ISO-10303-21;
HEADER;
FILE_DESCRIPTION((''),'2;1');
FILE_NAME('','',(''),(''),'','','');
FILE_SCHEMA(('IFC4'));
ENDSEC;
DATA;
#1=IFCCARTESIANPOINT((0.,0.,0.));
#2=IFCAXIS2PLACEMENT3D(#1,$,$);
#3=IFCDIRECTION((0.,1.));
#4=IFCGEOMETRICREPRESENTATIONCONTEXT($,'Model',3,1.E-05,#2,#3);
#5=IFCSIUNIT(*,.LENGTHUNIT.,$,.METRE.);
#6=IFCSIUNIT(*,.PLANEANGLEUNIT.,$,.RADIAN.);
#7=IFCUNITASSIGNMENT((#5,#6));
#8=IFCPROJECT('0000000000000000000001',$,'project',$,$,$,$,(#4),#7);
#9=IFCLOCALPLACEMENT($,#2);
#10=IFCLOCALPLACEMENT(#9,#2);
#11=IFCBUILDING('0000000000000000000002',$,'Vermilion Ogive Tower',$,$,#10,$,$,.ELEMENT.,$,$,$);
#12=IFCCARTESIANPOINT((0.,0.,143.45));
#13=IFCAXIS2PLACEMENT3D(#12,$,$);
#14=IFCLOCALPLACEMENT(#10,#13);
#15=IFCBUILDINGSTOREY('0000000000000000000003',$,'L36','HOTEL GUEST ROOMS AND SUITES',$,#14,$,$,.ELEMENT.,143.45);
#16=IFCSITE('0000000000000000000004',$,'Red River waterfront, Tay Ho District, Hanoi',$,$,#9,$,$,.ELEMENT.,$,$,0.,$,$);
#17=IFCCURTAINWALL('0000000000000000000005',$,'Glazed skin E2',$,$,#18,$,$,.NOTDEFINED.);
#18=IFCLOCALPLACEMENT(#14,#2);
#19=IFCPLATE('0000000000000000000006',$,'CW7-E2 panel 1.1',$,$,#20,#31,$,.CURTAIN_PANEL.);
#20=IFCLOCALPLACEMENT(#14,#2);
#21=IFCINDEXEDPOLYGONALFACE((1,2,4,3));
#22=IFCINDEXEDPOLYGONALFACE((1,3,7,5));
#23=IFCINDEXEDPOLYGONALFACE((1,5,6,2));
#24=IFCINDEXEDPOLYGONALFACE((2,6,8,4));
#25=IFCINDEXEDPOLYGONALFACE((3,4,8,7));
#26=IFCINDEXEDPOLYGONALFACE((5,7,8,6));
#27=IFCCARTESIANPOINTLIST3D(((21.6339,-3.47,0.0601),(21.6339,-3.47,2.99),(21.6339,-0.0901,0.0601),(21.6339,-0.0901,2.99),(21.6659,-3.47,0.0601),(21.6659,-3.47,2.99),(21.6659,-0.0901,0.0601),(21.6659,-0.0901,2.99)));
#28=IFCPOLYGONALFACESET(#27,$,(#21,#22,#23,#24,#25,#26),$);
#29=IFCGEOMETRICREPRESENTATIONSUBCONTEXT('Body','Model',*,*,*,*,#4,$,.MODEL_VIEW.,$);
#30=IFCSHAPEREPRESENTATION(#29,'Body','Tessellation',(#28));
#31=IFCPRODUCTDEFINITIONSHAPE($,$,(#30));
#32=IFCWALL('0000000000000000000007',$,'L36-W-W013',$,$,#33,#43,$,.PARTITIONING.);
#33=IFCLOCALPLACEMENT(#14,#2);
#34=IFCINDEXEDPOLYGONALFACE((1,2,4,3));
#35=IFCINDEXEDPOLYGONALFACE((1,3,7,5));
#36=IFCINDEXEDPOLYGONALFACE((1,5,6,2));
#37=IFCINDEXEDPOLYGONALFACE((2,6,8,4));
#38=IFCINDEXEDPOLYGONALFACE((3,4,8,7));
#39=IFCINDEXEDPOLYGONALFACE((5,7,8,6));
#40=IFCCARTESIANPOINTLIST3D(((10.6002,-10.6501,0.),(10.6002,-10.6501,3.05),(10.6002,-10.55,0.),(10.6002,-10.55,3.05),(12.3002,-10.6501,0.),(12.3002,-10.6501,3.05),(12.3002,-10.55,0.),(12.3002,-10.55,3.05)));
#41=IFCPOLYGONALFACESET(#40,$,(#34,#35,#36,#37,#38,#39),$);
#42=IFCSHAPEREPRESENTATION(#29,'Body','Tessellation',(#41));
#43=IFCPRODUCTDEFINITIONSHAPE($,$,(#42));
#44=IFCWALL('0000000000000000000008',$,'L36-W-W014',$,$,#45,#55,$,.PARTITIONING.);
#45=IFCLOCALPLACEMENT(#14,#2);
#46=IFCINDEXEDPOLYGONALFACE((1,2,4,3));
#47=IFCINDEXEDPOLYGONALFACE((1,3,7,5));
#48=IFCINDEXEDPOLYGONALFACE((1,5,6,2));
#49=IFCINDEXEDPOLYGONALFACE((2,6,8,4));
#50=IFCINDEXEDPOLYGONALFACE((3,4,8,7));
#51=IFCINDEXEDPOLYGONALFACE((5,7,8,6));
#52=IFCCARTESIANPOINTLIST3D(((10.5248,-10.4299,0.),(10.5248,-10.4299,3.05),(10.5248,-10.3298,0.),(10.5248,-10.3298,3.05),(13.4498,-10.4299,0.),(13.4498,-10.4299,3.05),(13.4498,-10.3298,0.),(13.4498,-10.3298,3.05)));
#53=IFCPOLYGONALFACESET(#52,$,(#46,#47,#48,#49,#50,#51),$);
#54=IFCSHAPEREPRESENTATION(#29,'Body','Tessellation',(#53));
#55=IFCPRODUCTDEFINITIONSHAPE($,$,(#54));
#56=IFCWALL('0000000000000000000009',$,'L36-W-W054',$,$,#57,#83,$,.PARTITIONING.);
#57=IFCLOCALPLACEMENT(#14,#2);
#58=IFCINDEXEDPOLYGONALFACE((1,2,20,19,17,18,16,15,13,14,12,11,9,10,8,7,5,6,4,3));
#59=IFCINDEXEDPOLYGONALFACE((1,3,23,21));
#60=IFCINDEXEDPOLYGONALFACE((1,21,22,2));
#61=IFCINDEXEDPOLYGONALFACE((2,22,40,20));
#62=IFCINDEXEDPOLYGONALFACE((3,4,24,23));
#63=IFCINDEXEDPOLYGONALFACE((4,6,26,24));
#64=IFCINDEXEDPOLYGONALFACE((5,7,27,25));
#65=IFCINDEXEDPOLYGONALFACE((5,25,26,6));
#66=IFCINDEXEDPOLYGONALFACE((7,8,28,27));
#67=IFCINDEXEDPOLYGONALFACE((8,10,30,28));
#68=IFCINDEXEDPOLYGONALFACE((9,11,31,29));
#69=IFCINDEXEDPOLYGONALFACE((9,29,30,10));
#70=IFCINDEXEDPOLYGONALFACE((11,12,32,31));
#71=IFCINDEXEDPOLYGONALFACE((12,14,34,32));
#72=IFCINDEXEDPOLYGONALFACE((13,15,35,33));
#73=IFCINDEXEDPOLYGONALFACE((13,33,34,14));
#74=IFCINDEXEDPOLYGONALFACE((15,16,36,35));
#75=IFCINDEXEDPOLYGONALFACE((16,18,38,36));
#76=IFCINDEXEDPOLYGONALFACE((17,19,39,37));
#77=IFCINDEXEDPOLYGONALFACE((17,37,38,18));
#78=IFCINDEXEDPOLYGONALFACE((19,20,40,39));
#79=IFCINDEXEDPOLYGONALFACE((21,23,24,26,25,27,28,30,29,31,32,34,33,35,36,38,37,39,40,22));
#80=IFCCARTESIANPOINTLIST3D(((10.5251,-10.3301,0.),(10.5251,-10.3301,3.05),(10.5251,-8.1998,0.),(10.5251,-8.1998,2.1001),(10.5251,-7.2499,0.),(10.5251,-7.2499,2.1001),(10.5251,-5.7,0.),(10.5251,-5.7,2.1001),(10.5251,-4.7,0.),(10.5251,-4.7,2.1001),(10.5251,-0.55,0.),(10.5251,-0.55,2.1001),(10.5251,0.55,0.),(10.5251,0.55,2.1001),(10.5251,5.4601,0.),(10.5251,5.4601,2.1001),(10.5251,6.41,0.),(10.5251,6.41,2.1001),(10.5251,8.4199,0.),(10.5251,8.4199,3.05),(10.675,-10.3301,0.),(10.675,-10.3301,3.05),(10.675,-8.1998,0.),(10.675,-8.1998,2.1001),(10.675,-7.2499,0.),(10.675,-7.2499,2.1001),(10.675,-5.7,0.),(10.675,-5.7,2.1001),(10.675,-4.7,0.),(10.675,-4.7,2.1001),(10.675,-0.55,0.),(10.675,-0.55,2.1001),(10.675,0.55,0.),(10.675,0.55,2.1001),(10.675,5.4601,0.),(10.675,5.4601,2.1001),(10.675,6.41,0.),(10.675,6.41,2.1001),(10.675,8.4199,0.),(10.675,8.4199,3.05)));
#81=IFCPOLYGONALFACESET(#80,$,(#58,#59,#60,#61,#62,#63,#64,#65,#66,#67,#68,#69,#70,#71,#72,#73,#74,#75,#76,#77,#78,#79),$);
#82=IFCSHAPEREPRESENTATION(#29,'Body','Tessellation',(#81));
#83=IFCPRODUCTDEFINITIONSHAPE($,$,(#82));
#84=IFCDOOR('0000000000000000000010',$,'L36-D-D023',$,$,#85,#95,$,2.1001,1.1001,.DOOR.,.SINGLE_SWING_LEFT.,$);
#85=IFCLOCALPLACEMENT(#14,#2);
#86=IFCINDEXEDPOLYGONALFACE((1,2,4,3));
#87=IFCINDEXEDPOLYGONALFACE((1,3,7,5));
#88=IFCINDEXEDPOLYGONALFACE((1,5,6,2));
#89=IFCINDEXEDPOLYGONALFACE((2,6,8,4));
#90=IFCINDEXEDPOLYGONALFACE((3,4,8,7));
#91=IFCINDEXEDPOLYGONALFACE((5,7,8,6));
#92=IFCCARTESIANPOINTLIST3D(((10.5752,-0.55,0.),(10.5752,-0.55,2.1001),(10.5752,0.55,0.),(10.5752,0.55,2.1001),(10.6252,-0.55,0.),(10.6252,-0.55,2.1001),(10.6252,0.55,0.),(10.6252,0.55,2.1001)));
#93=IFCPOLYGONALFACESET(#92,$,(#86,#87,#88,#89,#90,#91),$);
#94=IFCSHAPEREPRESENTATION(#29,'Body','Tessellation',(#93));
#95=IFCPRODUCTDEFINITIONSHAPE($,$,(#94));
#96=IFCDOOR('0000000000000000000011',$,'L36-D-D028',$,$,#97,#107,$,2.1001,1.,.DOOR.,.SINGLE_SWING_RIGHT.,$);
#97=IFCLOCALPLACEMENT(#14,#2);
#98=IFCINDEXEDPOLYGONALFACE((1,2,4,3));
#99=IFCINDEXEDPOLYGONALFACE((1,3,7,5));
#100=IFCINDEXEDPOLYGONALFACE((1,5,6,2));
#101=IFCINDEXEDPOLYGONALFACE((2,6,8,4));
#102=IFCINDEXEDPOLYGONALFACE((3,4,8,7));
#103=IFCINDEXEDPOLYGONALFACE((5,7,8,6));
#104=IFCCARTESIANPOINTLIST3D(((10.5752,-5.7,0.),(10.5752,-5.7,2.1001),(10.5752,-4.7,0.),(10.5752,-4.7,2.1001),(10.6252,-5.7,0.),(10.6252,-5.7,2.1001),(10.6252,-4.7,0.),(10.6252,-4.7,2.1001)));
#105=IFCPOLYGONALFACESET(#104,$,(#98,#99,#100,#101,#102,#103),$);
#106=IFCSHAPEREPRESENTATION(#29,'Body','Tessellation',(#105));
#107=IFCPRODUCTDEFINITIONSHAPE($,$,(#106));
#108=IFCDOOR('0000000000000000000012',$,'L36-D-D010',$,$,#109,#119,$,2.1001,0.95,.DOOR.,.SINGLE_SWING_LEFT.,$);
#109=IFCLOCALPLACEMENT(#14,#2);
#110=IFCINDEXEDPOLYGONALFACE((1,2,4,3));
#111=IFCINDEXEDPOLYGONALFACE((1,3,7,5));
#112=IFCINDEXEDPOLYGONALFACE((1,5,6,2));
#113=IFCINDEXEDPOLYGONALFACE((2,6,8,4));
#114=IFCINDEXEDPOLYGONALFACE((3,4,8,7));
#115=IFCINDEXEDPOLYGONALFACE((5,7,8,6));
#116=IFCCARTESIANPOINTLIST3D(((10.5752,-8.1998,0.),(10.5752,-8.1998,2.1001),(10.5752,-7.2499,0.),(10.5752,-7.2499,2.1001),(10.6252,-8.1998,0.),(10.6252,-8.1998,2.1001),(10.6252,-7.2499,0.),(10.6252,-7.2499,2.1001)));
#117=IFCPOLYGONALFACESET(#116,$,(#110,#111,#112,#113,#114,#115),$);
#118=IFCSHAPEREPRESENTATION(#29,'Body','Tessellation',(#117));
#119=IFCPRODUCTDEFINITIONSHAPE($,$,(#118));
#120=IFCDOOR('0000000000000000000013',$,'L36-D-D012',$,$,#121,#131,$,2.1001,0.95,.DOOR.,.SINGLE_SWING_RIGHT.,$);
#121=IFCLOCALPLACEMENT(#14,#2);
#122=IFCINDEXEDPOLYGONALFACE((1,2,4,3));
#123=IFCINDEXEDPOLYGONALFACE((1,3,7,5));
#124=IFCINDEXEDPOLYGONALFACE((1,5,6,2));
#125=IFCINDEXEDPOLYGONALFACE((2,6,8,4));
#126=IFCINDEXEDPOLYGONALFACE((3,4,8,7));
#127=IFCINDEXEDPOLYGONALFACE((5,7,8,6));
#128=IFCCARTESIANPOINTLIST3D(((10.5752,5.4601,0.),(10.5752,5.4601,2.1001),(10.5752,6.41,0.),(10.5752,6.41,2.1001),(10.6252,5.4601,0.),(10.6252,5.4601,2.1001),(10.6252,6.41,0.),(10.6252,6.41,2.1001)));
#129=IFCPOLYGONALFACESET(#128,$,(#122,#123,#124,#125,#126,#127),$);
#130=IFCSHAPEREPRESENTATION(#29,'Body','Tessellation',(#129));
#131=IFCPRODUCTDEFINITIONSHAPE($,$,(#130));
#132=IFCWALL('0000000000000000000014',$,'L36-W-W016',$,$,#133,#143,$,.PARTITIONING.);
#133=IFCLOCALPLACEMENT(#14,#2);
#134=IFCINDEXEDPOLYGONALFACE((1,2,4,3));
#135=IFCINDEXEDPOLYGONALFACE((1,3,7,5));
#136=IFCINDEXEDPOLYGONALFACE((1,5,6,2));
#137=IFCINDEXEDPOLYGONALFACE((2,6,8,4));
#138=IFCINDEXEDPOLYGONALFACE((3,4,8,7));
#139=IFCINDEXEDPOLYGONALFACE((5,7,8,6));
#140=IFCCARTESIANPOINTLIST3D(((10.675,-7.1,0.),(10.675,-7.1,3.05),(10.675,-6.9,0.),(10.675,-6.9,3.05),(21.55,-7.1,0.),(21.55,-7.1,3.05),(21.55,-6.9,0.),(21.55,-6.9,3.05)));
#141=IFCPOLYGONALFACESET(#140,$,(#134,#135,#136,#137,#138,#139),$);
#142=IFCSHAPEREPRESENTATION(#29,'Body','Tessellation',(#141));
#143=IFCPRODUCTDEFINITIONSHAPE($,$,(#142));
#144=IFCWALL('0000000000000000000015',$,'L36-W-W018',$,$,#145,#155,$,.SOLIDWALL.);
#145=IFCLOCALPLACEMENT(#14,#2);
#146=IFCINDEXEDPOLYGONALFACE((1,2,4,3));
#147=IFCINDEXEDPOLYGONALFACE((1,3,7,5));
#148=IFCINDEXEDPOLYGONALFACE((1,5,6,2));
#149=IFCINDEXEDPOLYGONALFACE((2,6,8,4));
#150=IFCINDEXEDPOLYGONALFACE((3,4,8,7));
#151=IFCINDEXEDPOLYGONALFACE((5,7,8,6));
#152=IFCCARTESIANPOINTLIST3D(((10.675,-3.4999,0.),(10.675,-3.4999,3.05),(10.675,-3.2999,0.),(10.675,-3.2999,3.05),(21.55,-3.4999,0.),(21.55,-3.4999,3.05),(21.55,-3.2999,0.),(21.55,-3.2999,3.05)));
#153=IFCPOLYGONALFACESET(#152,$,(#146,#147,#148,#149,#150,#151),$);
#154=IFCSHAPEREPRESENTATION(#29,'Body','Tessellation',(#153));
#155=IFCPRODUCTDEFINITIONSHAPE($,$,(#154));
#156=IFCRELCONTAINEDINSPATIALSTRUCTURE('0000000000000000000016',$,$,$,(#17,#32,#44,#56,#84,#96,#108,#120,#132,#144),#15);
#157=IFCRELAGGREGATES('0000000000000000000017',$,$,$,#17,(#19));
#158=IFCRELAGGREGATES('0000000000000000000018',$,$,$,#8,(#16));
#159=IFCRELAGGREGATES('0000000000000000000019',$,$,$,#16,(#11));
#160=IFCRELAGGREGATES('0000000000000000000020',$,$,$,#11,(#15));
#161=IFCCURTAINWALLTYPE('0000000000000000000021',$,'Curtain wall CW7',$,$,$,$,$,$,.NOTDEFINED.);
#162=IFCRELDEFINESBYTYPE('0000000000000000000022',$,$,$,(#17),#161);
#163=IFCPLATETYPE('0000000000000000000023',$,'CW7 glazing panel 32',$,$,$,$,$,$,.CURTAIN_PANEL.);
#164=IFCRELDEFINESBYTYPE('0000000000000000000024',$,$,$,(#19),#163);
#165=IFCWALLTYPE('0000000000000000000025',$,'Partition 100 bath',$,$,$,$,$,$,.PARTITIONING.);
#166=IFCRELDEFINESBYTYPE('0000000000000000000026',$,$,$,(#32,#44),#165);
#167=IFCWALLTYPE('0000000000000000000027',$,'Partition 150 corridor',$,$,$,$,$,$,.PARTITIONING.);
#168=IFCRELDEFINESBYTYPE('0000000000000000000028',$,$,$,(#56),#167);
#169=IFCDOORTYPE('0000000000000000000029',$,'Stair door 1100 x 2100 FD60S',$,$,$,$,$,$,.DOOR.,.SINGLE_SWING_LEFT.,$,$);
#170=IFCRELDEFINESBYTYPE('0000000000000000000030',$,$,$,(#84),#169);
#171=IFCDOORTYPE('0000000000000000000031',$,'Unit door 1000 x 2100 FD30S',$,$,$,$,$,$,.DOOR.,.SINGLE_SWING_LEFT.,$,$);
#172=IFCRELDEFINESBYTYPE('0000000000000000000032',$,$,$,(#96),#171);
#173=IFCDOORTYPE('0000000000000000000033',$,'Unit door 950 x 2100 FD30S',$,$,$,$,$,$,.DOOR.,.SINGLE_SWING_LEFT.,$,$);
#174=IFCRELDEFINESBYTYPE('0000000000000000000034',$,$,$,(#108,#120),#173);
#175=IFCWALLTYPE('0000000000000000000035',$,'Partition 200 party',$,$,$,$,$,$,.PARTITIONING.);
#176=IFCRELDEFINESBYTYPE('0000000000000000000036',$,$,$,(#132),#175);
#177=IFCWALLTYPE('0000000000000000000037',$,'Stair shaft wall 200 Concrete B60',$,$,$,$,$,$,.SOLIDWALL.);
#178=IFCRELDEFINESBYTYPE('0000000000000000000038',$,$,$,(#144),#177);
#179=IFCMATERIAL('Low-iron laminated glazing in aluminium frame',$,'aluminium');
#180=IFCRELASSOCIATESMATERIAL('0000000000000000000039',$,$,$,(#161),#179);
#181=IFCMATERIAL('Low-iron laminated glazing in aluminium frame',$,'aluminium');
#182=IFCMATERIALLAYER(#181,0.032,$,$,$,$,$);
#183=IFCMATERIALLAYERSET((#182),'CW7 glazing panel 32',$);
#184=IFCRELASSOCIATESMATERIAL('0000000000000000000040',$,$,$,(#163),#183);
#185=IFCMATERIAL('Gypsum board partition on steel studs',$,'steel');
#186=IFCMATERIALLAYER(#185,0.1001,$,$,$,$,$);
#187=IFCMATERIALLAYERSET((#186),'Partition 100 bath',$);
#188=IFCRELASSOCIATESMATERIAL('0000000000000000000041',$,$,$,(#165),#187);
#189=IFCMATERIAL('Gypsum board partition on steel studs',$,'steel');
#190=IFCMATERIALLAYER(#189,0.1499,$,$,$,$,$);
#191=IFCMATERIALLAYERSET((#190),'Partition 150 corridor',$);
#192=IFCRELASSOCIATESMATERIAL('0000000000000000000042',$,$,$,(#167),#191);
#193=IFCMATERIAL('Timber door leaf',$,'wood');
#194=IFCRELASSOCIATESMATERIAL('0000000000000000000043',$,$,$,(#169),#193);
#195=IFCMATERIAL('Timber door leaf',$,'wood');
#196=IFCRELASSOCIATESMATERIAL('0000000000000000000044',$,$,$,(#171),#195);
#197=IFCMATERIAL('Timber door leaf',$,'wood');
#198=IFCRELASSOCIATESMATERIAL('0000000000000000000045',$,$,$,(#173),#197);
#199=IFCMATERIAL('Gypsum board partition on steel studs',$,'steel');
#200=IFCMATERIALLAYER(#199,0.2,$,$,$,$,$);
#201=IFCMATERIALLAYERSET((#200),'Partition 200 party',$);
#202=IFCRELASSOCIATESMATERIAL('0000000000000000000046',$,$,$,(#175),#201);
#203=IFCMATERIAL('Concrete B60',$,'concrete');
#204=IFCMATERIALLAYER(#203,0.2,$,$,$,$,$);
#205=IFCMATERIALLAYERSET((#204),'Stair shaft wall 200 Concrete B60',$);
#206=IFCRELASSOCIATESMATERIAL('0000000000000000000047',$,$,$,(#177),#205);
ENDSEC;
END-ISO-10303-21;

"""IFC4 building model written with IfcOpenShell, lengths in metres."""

from ifc_helpers import new_model, si_unit, direction, frame, frame_2d, origin, origin_2d, place, context, subcontext, project, spatial, rectangle, extrude, material, layer, layer_set, type_object, element, fill, aggregate, save


model = new_model("IFC4")

# Units and contexts
model_context = context("Model", 3, precision=1e-05, world=origin(), true_north=direction((0.0, 1.0)))
body_context = subcontext(model_context, "Body", "Model", "MODEL_VIEW")
ifc_project = project(units=[si_unit("LENGTHUNIT", "METRE"), si_unit("PLANEANGLEUNIT", "RADIAN")], contexts=[model_context])

# Site, building, storey
site_placement = place(None, origin())
site = spatial("IfcSite", under=ifc_project, at=site_placement, Name="Red River waterfront, Tay Ho District, Hanoi", CompositionType="ELEMENT", RefElevation=0.0)
building_placement = place(site_placement, origin())
building = spatial("IfcBuilding", under=site, at=building_placement, Name="Vermilion Ogive Tower", CompositionType="ELEMENT")
storey_placement = place(building_placement, frame((0.0, 0.0, 143.45)))
storey = spatial("IfcBuildingStorey", under=building, at=storey_placement, Name="L36", Description="HOTEL GUEST ROOMS AND SUITES", CompositionType="ELEMENT", Elevation=143.45)

# Curtain wall
ifc_material_1 = material(Name="Low-iron laminated glazing in aluminium frame", Category="aluminium")
curtain_wall_type = type_object("IfcCurtainWallType", Name="Curtain wall CW7", PredefinedType="NOTDEFINED", material=ifc_material_1)
curtain_wall_1_placement = place(storey_placement, origin())
curtain_wall_1 = element("IfcCurtainWall", 1, at=curtain_wall_1_placement, inside=storey, type_object=curtain_wall_type, Name="Glazed skin E2", PredefinedType="NOTDEFINED")

# Plate
ifc_material_2 = material(Name="Low-iron laminated glazing in aluminium frame", Category="aluminium")
ifc_layer_1 = layer(ifc_material_2, 0.032)
ifc_layer_set_1 = layer_set([ifc_layer_1], Name="CW7 glazing panel 32")
plate_type = type_object("IfcPlateType", Name="CW7 glazing panel 32", PredefinedType="CURTAIN_PANEL", material=ifc_layer_set_1)
plate_1_placement = place(storey_placement, frame((21.6499, -1.78, 0.0601), z_axis=(0.0, 0.0, 1.0), x_axis=(0.0, 1.0, 0.0)))
plate_1 = element("IfcPlate", 2, at=plate_1_placement, type_object=plate_type, Name="CW7-E2 panel 1.1", PredefinedType="CURTAIN_PANEL", context=body_context, shape_type="SweptSolid", body=[
    extrude(rectangle(XDim=3.3799, YDim=0.032, at=origin_2d()), origin(), (0.0, 0.0, 1.0), 2.9299),
])
aggregate(curtain_wall_1, [plate_1])

# Walls
ifc_material_3 = material(Name="Gypsum board partition on steel studs", Category="steel")
ifc_layer_2 = layer(ifc_material_3, 0.1001)
ifc_layer_set_2 = layer_set([ifc_layer_2], Name="Partition 100 bath")
wall_type_1 = type_object("IfcWallType", Name="Partition 100 bath", PredefinedType="PARTITIONING", material=ifc_layer_set_2)
wall_1_placement = place(storey_placement, frame((10.6001, -10.6001, 0.0), z_axis=(0.0, 0.0, 1.0), x_axis=(1.0, 0.0, 0.0)))
element("IfcWall", 3, at=wall_1_placement, inside=storey, type_object=wall_type_1, Name="L36-W-W013", PredefinedType="PARTITIONING", context=body_context, shape_type="SweptSolid", body=[
    extrude(rectangle(XDim=1.7, YDim=0.1001, at=frame_2d((0.8501, 0.0))), origin(), (0.0, 0.0, 1.0), 3.05),
])
wall_2_placement = place(storey_placement, frame((10.5249, -10.3799, 0.0), z_axis=(0.0, 0.0, 1.0), x_axis=(1.0, 0.0, 0.0)))
element("IfcWall", 4, at=wall_2_placement, inside=storey, type_object=wall_type_1, Name="L36-W-W014", PredefinedType="PARTITIONING", context=body_context, shape_type="SweptSolid", body=[
    extrude(rectangle(XDim=2.925, YDim=0.1001, at=frame_2d((1.4624, 0.0))), origin(), (0.0, 0.0, 1.0), 3.05),
])

# Wall, openings, doors
ifc_material_4 = material(Name="Gypsum board partition on steel studs", Category="steel")
ifc_layer_3 = layer(ifc_material_4, 0.1499)
ifc_layer_set_3 = layer_set([ifc_layer_3], Name="Partition 150 corridor")
wall_type_2 = type_object("IfcWallType", Name="Partition 150 corridor", PredefinedType="PARTITIONING", material=ifc_layer_set_3)
wall_3_placement = place(storey_placement, frame((10.6001, -10.3301, 0.0), z_axis=(0.0, 0.0, 1.0), x_axis=(0.0, 1.0, 0.0)))
wall_3 = element("IfcWall", 5, at=wall_3_placement, inside=storey, type_object=wall_type_2, Name="L36-W-W054", PredefinedType="PARTITIONING", context=body_context, shape_type="SweptSolid", body=[
    extrude(rectangle(XDim=18.75, YDim=0.1499, at=frame_2d((9.375, 0.0))), origin(), (0.0, 0.0, 1.0), 3.05),
])
opening_1_placement = place(wall_3_placement, frame((2.1301, 0.0, 0.0)))
opening_1 = element("IfcOpeningElement", 6, at=opening_1_placement, cuts=wall_3, PredefinedType="OPENING", context=body_context, shape_type="SweptSolid", body=[
    extrude(rectangle(XDim=0.95, YDim=2.1001, at=frame_2d((0.4751, 1.05))), frame((0.0, 0.085, 0.0), z_axis=(0.0, -1.0, 0.0), x_axis=(1.0, 0.0, 0.0)), (0.0, 0.0, 1.0), 0.1699),
])
opening_2_placement = place(wall_3_placement, frame((15.79, 0.0, 0.0)))
opening_2 = element("IfcOpeningElement", 7, at=opening_2_placement, cuts=wall_3, PredefinedType="OPENING", context=body_context, shape_type="SweptSolid", body=[
    extrude(rectangle(XDim=0.95, YDim=2.1001, at=frame_2d((0.4751, 1.05))), frame((0.0, 0.085, 0.0), z_axis=(0.0, -1.0, 0.0), x_axis=(1.0, 0.0, 0.0)), (0.0, 0.0, 1.0), 0.1699),
])
opening_3_placement = place(wall_3_placement, frame((9.78, 0.0, 0.0)))
opening_3 = element("IfcOpeningElement", 8, at=opening_3_placement, cuts=wall_3, PredefinedType="OPENING", context=body_context, shape_type="SweptSolid", body=[
    extrude(rectangle(XDim=1.1001, YDim=2.1001, at=frame_2d((0.55, 1.05))), frame((0.0, 0.085, 0.0), z_axis=(0.0, -1.0, 0.0), x_axis=(1.0, 0.0, 0.0)), (0.0, 0.0, 1.0), 0.1699),
])
opening_4_placement = place(wall_3_placement, frame((4.6301, 0.0, 0.0)))
opening_4 = element("IfcOpeningElement", 9, at=opening_4_placement, cuts=wall_3, PredefinedType="OPENING", context=body_context, shape_type="SweptSolid", body=[
    extrude(rectangle(XDim=1.0, YDim=2.1001, at=frame_2d((0.5, 1.05))), frame((0.0, 0.085, 0.0), z_axis=(0.0, -1.0, 0.0), x_axis=(1.0, 0.0, 0.0)), (0.0, 0.0, 1.0), 0.1699),
])
ifc_material_5 = material(Name="Timber door leaf", Category="wood")
door_type_1 = type_object("IfcDoorType", Name="Stair door 1100 x 2100 FD60S", OperationType="SINGLE_SWING_LEFT", PredefinedType="DOOR", material=ifc_material_5)
door_1_placement = place(opening_3_placement, origin())
door_1 = element("IfcDoor", 10, at=door_1_placement, inside=storey, type_object=door_type_1, Name="L36-D-D023", OperationType="SINGLE_SWING_LEFT", OverallHeight=2.1001, OverallWidth=1.1001, PredefinedType="DOOR", context=body_context, shape_type="SweptSolid", body=[
    extrude(rectangle(XDim=1.1001, YDim=2.1001, at=frame_2d((0.55, 1.05))), frame((0.0, 0.0249, 0.0), z_axis=(0.0, -1.0, 0.0), x_axis=(1.0, 0.0, 0.0)), (0.0, 0.0, 1.0), 0.05),
])
fill(opening_3, door_1)
ifc_material_6 = material(Name="Timber door leaf", Category="wood")
door_type_2 = type_object("IfcDoorType", Name="Unit door 1000 x 2100 FD30S", OperationType="SINGLE_SWING_LEFT", PredefinedType="DOOR", material=ifc_material_6)
door_2_placement = place(opening_4_placement, origin())
door_2 = element("IfcDoor", 11, at=door_2_placement, inside=storey, type_object=door_type_2, Name="L36-D-D028", OperationType="SINGLE_SWING_RIGHT", OverallHeight=2.1001, OverallWidth=1.0, PredefinedType="DOOR", context=body_context, shape_type="SweptSolid", body=[
    extrude(rectangle(XDim=1.0, YDim=2.1001, at=frame_2d((0.5, 1.05))), frame((0.0, 0.0249, 0.0), z_axis=(0.0, -1.0, 0.0), x_axis=(1.0, 0.0, 0.0)), (0.0, 0.0, 1.0), 0.05),
])
fill(opening_4, door_2)
ifc_material_7 = material(Name="Timber door leaf", Category="wood")
door_type_3 = type_object("IfcDoorType", Name="Unit door 950 x 2100 FD30S", OperationType="SINGLE_SWING_LEFT", PredefinedType="DOOR", material=ifc_material_7)
door_3_placement = place(opening_1_placement, origin())
door_3 = element("IfcDoor", 12, at=door_3_placement, inside=storey, type_object=door_type_3, Name="L36-D-D010", OperationType="SINGLE_SWING_LEFT", OverallHeight=2.1001, OverallWidth=0.95, PredefinedType="DOOR", context=body_context, shape_type="SweptSolid", body=[
    extrude(rectangle(XDim=0.95, YDim=2.1001, at=frame_2d((0.4751, 1.05))), frame((0.0, 0.0249, 0.0), z_axis=(0.0, -1.0, 0.0), x_axis=(1.0, 0.0, 0.0)), (0.0, 0.0, 1.0), 0.05),
])
fill(opening_1, door_3)
door_4_placement = place(opening_2_placement, origin())
door_4 = element("IfcDoor", 13, at=door_4_placement, inside=storey, type_object=door_type_3, Name="L36-D-D012", OperationType="SINGLE_SWING_RIGHT", OverallHeight=2.1001, OverallWidth=0.95, PredefinedType="DOOR", context=body_context, shape_type="SweptSolid", body=[
    extrude(rectangle(XDim=0.95, YDim=2.1001, at=frame_2d((0.4751, 1.05))), frame((0.0, 0.0249, 0.0), z_axis=(0.0, -1.0, 0.0), x_axis=(1.0, 0.0, 0.0)), (0.0, 0.0, 1.0), 0.05),
])
fill(opening_2, door_4)

# Walls
ifc_material_8 = material(Name="Gypsum board partition on steel studs", Category="steel")
ifc_layer_4 = layer(ifc_material_8, 0.2)
ifc_layer_set_4 = layer_set([ifc_layer_4], Name="Partition 200 party")
wall_type_3 = type_object("IfcWallType", Name="Partition 200 party", PredefinedType="PARTITIONING", material=ifc_layer_set_4)
wall_4_placement = place(storey_placement, frame((10.675, -7.0, 0.0), z_axis=(0.0, 0.0, 1.0), x_axis=(1.0, 0.0, 0.0)))
element("IfcWall", 14, at=wall_4_placement, inside=storey, type_object=wall_type_3, Name="L36-W-W016", PredefinedType="PARTITIONING", context=body_context, shape_type="SweptSolid", body=[
    extrude(rectangle(XDim=10.875, YDim=0.2, at=frame_2d((5.4375, 0.0))), origin(), (0.0, 0.0, 1.0), 3.05),
])
ifc_material_9 = material(Name="Concrete B60", Category="concrete")
ifc_layer_5 = layer(ifc_material_9, 0.2)
ifc_layer_set_5 = layer_set([ifc_layer_5], Name="Stair shaft wall 200 Concrete B60")
wall_type_4 = type_object("IfcWallType", Name="Stair shaft wall 200 Concrete B60", PredefinedType="SOLIDWALL", material=ifc_layer_set_5)
wall_5_placement = place(storey_placement, frame((10.675, -3.3999, 0.0), z_axis=(0.0, 0.0, 1.0), x_axis=(1.0, 0.0, 0.0)))
element("IfcWall", 15, at=wall_5_placement, inside=storey, type_object=wall_type_4, Name="L36-W-W018", PredefinedType="SOLIDWALL", context=body_context, shape_type="SweptSolid", body=[
    extrude(rectangle(XDim=10.875, YDim=0.2, at=frame_2d((5.4375, 0.0))), origin(), (0.0, 0.0, 1.0), 3.05),
])

save(model, "model.ifc")
